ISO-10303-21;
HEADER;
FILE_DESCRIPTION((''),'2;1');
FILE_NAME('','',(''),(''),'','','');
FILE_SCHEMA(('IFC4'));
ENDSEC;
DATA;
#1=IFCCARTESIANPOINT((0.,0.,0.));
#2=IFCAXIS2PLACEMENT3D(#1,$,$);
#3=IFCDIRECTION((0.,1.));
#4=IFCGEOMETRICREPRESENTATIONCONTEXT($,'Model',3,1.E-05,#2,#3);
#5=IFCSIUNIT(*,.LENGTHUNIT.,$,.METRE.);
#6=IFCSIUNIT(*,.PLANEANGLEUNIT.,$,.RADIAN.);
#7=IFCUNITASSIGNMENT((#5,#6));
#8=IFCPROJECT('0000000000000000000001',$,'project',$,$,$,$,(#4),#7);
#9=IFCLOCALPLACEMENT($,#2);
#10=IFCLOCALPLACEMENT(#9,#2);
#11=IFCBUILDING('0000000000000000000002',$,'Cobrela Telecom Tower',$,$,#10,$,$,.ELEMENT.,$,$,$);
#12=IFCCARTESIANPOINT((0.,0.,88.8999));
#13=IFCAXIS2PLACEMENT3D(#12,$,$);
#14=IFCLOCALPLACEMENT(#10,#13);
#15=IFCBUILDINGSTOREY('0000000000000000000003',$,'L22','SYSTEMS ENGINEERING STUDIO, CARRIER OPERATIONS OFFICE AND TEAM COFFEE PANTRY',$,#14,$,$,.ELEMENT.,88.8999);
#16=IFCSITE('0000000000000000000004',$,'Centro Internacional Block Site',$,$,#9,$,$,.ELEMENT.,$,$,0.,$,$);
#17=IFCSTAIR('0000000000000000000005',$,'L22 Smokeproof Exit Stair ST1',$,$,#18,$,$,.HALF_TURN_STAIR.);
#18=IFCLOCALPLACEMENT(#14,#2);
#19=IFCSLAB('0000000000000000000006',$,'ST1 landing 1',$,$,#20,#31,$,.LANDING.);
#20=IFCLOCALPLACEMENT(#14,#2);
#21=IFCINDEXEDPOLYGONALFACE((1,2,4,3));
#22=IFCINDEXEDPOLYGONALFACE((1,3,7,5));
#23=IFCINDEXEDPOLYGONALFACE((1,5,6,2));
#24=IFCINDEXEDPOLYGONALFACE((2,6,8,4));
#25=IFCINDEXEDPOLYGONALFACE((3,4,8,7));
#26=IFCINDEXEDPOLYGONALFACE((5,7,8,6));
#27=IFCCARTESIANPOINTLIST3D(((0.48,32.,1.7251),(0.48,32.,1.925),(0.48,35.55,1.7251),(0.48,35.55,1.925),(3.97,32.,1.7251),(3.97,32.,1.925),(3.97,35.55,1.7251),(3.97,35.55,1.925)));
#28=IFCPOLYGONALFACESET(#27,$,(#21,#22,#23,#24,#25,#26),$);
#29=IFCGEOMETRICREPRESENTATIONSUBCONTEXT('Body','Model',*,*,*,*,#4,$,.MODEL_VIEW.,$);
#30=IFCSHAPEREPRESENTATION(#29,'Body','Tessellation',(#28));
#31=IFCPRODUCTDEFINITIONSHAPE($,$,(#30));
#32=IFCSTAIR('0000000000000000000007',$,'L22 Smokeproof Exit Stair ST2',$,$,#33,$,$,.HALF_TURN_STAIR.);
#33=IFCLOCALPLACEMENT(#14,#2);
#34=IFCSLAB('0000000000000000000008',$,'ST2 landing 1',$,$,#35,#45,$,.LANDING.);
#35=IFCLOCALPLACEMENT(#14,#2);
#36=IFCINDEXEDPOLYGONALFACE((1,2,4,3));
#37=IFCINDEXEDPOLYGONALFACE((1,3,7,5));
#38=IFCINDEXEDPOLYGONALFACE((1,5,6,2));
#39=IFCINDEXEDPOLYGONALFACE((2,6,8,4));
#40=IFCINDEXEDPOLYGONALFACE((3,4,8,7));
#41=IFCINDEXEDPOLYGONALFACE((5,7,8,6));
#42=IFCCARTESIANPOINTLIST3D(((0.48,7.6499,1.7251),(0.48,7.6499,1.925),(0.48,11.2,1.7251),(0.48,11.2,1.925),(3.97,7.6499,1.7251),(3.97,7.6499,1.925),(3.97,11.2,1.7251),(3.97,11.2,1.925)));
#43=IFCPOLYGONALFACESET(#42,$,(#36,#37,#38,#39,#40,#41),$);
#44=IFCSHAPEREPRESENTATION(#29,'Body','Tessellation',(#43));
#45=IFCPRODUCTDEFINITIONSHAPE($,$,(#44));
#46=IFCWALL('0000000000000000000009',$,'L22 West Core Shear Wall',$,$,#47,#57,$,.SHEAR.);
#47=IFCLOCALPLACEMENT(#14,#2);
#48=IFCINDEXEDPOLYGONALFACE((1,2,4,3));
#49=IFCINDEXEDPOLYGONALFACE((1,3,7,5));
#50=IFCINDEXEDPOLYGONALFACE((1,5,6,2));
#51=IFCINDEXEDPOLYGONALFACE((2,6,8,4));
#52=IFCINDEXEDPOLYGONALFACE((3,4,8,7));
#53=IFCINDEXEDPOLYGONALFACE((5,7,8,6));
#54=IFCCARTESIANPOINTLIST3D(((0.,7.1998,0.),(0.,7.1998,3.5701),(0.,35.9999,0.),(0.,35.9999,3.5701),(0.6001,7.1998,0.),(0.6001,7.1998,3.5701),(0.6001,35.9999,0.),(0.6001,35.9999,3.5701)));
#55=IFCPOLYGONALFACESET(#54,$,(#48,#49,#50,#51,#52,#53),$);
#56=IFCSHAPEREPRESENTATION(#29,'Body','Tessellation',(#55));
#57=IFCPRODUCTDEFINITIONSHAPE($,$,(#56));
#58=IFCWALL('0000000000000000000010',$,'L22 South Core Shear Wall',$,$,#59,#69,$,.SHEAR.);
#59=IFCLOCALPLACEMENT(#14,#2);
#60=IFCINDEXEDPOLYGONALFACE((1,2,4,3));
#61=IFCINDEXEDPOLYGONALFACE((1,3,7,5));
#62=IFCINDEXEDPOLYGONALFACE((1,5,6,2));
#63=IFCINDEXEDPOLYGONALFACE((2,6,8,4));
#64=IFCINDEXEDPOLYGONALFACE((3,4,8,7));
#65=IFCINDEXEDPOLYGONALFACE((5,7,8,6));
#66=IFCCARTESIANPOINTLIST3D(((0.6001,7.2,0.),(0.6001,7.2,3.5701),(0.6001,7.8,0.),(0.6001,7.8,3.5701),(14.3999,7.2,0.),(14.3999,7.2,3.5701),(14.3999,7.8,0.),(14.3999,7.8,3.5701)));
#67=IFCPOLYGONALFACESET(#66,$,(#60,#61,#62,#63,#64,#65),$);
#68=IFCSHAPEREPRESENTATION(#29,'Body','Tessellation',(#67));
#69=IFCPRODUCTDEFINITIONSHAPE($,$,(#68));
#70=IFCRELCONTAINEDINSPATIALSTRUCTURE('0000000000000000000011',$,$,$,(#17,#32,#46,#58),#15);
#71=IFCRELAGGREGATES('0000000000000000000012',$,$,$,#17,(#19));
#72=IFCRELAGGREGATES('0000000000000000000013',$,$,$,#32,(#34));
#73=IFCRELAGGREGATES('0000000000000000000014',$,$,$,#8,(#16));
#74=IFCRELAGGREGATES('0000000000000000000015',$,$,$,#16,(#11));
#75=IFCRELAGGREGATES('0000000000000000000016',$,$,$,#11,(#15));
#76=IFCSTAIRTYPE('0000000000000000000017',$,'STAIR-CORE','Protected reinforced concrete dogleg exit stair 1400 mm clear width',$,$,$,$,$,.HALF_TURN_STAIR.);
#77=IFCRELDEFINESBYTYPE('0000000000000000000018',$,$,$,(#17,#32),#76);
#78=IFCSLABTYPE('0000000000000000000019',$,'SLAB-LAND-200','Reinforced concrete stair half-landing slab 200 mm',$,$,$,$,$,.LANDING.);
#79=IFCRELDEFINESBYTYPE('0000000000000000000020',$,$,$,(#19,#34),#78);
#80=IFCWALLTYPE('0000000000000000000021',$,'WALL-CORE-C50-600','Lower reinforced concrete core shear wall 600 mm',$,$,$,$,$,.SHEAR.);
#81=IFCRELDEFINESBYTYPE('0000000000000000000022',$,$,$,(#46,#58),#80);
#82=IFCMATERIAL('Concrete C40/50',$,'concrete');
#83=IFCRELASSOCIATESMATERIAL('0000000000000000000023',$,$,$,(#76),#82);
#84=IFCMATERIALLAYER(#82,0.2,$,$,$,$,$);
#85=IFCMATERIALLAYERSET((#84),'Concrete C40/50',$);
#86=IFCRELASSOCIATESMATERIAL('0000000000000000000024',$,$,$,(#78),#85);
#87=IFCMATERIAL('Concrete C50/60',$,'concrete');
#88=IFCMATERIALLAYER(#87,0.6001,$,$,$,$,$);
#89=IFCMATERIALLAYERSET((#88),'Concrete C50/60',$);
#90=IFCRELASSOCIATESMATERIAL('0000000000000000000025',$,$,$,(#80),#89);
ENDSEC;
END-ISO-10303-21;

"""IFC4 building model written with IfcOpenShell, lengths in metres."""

from ifc_helpers import new_model, si_unit, direction, frame, frame_2d, origin, place, context, subcontext, project, spatial, polyline, rectangle, outline, extrude, material, layer, layer_set, type_object, element, aggregate, save


model = new_model("IFC4")

# Units and contexts
model_context = context("Model", 3, precision=1e-05, world=origin(), true_north=direction((0.0, 1.0)))
body_context = subcontext(model_context, "Body", "Model", "MODEL_VIEW")
ifc_project = project(units=[si_unit("LENGTHUNIT", "METRE"), si_unit("PLANEANGLEUNIT", "RADIAN")], contexts=[model_context])

# Site, building, storey
site_placement = place(None, origin())
site = spatial("IfcSite", under=ifc_project, at=site_placement, Name="Centro Internacional Block Site", CompositionType="ELEMENT", RefElevation=0.0)
building_placement = place(site_placement, origin())
building = spatial("IfcBuilding", under=site, at=building_placement, Name="Cobrela Telecom Tower", CompositionType="ELEMENT")
storey_placement = place(building_placement, frame((0.0, 0.0, 88.8999)))
storey = spatial("IfcBuildingStorey", under=building, at=storey_placement, Name="L22", Description="SYSTEMS ENGINEERING STUDIO, CARRIER OPERATIONS OFFICE AND TEAM COFFEE PANTRY", CompositionType="ELEMENT", Elevation=88.8999)

# Shared definitions
ifc_material_1 = material(Name="Concrete C40/50", Category="concrete")

# Stairs, slabs
stair_type = type_object("IfcStairType", Name="STAIR-CORE", Description="Protected reinforced concrete dogleg exit stair 1400 mm clear width", PredefinedType="HALF_TURN_STAIR", material=ifc_material_1)
stair_1_placement = place(storey_placement, origin())
stair_1 = element("IfcStair", 1, at=stair_1_placement, inside=storey, type_object=stair_type, Name="L22 Smokeproof Exit Stair ST1", PredefinedType="HALF_TURN_STAIR")
ifc_layer_1 = layer(ifc_material_1, 0.2)
ifc_layer_set_1 = layer_set([ifc_layer_1], Name="Concrete C40/50")
slab_type_1 = type_object("IfcSlabType", Name="SLAB-LAND-200", Description="Reinforced concrete stair half-landing slab 200 mm", PredefinedType="LANDING", material=ifc_layer_set_1)
slab_1_placement = place(storey_placement, frame((0.0, 0.0, 1.7251)))
slab_1 = element("IfcSlab", 2, at=slab_1_placement, type_object=slab_type_1, Name="ST1 landing 1", PredefinedType="LANDING", context=body_context, shape_type="SweptSolid", body=[
    extrude(outline(polyline([(3.97, 35.55), (0.48, 35.55), (0.48, 32.0), (3.97, 32.0), (3.97, 35.55)])), origin(), (0.0, 0.0, 1.0), 0.2),
])
aggregate(stair_1, [slab_1])
stair_2_placement = place(storey_placement, origin())
stair_2 = element("IfcStair", 3, at=stair_2_placement, inside=storey, type_object=stair_type, Name="L22 Smokeproof Exit Stair ST2", PredefinedType="HALF_TURN_STAIR")
slab_2_placement = place(storey_placement, frame((0.0, 0.0, 1.7251)))
slab_2 = element("IfcSlab", 4, at=slab_2_placement, type_object=slab_type_1, Name="ST2 landing 1", PredefinedType="LANDING", context=body_context, shape_type="SweptSolid", body=[
    extrude(outline(polyline([(3.97, 11.2), (0.48, 11.2), (0.48, 7.6499), (3.97, 7.6499), (3.97, 11.2)])), origin(), (0.0, 0.0, 1.0), 0.2),
])
aggregate(stair_2, [slab_2])

# Walls
ifc_material_2 = material(Name="Concrete C50/60", Category="concrete")
ifc_layer_2 = layer(ifc_material_2, 0.6001)
ifc_layer_set_2 = layer_set([ifc_layer_2], Name="Concrete C50/60")
wall_type = type_object("IfcWallType", Name="WALL-CORE-C50-600", Description="Lower reinforced concrete core shear wall 600 mm", PredefinedType="SHEAR", material=ifc_layer_set_2)
wall_1_placement = place(storey_placement, frame((0.3, 7.2, 0.0), z_axis=(0.0, 0.0, 1.0), x_axis=(0.0, 1.0, 0.0)))
element("IfcWall", 5, at=wall_1_placement, inside=storey, type_object=wall_type, Name="L22 West Core Shear Wall", PredefinedType="SHEAR", context=body_context, shape_type="SweptSolid", body=[
    extrude(rectangle(XDim=28.8, YDim=0.6001, at=frame_2d((14.3999, 0.0))), origin(), (0.0, 0.0, 1.0), 3.5701),
])
wall_2_placement = place(storey_placement, frame((0.6001, 7.5, 0.0), z_axis=(0.0, 0.0, 1.0), x_axis=(1.0, 0.0, 0.0)))
element("IfcWall", 6, at=wall_2_placement, inside=storey, type_object=wall_type, Name="L22 South Core Shear Wall", PredefinedType="SHEAR", context=body_context, shape_type="SweptSolid", body=[
    extrude(rectangle(XDim=13.7998, YDim=0.6001, at=frame_2d((6.8999, 0.0))), origin(), (0.0, 0.0, 1.0), 3.5701),
])

save(model, "model.ifc")
